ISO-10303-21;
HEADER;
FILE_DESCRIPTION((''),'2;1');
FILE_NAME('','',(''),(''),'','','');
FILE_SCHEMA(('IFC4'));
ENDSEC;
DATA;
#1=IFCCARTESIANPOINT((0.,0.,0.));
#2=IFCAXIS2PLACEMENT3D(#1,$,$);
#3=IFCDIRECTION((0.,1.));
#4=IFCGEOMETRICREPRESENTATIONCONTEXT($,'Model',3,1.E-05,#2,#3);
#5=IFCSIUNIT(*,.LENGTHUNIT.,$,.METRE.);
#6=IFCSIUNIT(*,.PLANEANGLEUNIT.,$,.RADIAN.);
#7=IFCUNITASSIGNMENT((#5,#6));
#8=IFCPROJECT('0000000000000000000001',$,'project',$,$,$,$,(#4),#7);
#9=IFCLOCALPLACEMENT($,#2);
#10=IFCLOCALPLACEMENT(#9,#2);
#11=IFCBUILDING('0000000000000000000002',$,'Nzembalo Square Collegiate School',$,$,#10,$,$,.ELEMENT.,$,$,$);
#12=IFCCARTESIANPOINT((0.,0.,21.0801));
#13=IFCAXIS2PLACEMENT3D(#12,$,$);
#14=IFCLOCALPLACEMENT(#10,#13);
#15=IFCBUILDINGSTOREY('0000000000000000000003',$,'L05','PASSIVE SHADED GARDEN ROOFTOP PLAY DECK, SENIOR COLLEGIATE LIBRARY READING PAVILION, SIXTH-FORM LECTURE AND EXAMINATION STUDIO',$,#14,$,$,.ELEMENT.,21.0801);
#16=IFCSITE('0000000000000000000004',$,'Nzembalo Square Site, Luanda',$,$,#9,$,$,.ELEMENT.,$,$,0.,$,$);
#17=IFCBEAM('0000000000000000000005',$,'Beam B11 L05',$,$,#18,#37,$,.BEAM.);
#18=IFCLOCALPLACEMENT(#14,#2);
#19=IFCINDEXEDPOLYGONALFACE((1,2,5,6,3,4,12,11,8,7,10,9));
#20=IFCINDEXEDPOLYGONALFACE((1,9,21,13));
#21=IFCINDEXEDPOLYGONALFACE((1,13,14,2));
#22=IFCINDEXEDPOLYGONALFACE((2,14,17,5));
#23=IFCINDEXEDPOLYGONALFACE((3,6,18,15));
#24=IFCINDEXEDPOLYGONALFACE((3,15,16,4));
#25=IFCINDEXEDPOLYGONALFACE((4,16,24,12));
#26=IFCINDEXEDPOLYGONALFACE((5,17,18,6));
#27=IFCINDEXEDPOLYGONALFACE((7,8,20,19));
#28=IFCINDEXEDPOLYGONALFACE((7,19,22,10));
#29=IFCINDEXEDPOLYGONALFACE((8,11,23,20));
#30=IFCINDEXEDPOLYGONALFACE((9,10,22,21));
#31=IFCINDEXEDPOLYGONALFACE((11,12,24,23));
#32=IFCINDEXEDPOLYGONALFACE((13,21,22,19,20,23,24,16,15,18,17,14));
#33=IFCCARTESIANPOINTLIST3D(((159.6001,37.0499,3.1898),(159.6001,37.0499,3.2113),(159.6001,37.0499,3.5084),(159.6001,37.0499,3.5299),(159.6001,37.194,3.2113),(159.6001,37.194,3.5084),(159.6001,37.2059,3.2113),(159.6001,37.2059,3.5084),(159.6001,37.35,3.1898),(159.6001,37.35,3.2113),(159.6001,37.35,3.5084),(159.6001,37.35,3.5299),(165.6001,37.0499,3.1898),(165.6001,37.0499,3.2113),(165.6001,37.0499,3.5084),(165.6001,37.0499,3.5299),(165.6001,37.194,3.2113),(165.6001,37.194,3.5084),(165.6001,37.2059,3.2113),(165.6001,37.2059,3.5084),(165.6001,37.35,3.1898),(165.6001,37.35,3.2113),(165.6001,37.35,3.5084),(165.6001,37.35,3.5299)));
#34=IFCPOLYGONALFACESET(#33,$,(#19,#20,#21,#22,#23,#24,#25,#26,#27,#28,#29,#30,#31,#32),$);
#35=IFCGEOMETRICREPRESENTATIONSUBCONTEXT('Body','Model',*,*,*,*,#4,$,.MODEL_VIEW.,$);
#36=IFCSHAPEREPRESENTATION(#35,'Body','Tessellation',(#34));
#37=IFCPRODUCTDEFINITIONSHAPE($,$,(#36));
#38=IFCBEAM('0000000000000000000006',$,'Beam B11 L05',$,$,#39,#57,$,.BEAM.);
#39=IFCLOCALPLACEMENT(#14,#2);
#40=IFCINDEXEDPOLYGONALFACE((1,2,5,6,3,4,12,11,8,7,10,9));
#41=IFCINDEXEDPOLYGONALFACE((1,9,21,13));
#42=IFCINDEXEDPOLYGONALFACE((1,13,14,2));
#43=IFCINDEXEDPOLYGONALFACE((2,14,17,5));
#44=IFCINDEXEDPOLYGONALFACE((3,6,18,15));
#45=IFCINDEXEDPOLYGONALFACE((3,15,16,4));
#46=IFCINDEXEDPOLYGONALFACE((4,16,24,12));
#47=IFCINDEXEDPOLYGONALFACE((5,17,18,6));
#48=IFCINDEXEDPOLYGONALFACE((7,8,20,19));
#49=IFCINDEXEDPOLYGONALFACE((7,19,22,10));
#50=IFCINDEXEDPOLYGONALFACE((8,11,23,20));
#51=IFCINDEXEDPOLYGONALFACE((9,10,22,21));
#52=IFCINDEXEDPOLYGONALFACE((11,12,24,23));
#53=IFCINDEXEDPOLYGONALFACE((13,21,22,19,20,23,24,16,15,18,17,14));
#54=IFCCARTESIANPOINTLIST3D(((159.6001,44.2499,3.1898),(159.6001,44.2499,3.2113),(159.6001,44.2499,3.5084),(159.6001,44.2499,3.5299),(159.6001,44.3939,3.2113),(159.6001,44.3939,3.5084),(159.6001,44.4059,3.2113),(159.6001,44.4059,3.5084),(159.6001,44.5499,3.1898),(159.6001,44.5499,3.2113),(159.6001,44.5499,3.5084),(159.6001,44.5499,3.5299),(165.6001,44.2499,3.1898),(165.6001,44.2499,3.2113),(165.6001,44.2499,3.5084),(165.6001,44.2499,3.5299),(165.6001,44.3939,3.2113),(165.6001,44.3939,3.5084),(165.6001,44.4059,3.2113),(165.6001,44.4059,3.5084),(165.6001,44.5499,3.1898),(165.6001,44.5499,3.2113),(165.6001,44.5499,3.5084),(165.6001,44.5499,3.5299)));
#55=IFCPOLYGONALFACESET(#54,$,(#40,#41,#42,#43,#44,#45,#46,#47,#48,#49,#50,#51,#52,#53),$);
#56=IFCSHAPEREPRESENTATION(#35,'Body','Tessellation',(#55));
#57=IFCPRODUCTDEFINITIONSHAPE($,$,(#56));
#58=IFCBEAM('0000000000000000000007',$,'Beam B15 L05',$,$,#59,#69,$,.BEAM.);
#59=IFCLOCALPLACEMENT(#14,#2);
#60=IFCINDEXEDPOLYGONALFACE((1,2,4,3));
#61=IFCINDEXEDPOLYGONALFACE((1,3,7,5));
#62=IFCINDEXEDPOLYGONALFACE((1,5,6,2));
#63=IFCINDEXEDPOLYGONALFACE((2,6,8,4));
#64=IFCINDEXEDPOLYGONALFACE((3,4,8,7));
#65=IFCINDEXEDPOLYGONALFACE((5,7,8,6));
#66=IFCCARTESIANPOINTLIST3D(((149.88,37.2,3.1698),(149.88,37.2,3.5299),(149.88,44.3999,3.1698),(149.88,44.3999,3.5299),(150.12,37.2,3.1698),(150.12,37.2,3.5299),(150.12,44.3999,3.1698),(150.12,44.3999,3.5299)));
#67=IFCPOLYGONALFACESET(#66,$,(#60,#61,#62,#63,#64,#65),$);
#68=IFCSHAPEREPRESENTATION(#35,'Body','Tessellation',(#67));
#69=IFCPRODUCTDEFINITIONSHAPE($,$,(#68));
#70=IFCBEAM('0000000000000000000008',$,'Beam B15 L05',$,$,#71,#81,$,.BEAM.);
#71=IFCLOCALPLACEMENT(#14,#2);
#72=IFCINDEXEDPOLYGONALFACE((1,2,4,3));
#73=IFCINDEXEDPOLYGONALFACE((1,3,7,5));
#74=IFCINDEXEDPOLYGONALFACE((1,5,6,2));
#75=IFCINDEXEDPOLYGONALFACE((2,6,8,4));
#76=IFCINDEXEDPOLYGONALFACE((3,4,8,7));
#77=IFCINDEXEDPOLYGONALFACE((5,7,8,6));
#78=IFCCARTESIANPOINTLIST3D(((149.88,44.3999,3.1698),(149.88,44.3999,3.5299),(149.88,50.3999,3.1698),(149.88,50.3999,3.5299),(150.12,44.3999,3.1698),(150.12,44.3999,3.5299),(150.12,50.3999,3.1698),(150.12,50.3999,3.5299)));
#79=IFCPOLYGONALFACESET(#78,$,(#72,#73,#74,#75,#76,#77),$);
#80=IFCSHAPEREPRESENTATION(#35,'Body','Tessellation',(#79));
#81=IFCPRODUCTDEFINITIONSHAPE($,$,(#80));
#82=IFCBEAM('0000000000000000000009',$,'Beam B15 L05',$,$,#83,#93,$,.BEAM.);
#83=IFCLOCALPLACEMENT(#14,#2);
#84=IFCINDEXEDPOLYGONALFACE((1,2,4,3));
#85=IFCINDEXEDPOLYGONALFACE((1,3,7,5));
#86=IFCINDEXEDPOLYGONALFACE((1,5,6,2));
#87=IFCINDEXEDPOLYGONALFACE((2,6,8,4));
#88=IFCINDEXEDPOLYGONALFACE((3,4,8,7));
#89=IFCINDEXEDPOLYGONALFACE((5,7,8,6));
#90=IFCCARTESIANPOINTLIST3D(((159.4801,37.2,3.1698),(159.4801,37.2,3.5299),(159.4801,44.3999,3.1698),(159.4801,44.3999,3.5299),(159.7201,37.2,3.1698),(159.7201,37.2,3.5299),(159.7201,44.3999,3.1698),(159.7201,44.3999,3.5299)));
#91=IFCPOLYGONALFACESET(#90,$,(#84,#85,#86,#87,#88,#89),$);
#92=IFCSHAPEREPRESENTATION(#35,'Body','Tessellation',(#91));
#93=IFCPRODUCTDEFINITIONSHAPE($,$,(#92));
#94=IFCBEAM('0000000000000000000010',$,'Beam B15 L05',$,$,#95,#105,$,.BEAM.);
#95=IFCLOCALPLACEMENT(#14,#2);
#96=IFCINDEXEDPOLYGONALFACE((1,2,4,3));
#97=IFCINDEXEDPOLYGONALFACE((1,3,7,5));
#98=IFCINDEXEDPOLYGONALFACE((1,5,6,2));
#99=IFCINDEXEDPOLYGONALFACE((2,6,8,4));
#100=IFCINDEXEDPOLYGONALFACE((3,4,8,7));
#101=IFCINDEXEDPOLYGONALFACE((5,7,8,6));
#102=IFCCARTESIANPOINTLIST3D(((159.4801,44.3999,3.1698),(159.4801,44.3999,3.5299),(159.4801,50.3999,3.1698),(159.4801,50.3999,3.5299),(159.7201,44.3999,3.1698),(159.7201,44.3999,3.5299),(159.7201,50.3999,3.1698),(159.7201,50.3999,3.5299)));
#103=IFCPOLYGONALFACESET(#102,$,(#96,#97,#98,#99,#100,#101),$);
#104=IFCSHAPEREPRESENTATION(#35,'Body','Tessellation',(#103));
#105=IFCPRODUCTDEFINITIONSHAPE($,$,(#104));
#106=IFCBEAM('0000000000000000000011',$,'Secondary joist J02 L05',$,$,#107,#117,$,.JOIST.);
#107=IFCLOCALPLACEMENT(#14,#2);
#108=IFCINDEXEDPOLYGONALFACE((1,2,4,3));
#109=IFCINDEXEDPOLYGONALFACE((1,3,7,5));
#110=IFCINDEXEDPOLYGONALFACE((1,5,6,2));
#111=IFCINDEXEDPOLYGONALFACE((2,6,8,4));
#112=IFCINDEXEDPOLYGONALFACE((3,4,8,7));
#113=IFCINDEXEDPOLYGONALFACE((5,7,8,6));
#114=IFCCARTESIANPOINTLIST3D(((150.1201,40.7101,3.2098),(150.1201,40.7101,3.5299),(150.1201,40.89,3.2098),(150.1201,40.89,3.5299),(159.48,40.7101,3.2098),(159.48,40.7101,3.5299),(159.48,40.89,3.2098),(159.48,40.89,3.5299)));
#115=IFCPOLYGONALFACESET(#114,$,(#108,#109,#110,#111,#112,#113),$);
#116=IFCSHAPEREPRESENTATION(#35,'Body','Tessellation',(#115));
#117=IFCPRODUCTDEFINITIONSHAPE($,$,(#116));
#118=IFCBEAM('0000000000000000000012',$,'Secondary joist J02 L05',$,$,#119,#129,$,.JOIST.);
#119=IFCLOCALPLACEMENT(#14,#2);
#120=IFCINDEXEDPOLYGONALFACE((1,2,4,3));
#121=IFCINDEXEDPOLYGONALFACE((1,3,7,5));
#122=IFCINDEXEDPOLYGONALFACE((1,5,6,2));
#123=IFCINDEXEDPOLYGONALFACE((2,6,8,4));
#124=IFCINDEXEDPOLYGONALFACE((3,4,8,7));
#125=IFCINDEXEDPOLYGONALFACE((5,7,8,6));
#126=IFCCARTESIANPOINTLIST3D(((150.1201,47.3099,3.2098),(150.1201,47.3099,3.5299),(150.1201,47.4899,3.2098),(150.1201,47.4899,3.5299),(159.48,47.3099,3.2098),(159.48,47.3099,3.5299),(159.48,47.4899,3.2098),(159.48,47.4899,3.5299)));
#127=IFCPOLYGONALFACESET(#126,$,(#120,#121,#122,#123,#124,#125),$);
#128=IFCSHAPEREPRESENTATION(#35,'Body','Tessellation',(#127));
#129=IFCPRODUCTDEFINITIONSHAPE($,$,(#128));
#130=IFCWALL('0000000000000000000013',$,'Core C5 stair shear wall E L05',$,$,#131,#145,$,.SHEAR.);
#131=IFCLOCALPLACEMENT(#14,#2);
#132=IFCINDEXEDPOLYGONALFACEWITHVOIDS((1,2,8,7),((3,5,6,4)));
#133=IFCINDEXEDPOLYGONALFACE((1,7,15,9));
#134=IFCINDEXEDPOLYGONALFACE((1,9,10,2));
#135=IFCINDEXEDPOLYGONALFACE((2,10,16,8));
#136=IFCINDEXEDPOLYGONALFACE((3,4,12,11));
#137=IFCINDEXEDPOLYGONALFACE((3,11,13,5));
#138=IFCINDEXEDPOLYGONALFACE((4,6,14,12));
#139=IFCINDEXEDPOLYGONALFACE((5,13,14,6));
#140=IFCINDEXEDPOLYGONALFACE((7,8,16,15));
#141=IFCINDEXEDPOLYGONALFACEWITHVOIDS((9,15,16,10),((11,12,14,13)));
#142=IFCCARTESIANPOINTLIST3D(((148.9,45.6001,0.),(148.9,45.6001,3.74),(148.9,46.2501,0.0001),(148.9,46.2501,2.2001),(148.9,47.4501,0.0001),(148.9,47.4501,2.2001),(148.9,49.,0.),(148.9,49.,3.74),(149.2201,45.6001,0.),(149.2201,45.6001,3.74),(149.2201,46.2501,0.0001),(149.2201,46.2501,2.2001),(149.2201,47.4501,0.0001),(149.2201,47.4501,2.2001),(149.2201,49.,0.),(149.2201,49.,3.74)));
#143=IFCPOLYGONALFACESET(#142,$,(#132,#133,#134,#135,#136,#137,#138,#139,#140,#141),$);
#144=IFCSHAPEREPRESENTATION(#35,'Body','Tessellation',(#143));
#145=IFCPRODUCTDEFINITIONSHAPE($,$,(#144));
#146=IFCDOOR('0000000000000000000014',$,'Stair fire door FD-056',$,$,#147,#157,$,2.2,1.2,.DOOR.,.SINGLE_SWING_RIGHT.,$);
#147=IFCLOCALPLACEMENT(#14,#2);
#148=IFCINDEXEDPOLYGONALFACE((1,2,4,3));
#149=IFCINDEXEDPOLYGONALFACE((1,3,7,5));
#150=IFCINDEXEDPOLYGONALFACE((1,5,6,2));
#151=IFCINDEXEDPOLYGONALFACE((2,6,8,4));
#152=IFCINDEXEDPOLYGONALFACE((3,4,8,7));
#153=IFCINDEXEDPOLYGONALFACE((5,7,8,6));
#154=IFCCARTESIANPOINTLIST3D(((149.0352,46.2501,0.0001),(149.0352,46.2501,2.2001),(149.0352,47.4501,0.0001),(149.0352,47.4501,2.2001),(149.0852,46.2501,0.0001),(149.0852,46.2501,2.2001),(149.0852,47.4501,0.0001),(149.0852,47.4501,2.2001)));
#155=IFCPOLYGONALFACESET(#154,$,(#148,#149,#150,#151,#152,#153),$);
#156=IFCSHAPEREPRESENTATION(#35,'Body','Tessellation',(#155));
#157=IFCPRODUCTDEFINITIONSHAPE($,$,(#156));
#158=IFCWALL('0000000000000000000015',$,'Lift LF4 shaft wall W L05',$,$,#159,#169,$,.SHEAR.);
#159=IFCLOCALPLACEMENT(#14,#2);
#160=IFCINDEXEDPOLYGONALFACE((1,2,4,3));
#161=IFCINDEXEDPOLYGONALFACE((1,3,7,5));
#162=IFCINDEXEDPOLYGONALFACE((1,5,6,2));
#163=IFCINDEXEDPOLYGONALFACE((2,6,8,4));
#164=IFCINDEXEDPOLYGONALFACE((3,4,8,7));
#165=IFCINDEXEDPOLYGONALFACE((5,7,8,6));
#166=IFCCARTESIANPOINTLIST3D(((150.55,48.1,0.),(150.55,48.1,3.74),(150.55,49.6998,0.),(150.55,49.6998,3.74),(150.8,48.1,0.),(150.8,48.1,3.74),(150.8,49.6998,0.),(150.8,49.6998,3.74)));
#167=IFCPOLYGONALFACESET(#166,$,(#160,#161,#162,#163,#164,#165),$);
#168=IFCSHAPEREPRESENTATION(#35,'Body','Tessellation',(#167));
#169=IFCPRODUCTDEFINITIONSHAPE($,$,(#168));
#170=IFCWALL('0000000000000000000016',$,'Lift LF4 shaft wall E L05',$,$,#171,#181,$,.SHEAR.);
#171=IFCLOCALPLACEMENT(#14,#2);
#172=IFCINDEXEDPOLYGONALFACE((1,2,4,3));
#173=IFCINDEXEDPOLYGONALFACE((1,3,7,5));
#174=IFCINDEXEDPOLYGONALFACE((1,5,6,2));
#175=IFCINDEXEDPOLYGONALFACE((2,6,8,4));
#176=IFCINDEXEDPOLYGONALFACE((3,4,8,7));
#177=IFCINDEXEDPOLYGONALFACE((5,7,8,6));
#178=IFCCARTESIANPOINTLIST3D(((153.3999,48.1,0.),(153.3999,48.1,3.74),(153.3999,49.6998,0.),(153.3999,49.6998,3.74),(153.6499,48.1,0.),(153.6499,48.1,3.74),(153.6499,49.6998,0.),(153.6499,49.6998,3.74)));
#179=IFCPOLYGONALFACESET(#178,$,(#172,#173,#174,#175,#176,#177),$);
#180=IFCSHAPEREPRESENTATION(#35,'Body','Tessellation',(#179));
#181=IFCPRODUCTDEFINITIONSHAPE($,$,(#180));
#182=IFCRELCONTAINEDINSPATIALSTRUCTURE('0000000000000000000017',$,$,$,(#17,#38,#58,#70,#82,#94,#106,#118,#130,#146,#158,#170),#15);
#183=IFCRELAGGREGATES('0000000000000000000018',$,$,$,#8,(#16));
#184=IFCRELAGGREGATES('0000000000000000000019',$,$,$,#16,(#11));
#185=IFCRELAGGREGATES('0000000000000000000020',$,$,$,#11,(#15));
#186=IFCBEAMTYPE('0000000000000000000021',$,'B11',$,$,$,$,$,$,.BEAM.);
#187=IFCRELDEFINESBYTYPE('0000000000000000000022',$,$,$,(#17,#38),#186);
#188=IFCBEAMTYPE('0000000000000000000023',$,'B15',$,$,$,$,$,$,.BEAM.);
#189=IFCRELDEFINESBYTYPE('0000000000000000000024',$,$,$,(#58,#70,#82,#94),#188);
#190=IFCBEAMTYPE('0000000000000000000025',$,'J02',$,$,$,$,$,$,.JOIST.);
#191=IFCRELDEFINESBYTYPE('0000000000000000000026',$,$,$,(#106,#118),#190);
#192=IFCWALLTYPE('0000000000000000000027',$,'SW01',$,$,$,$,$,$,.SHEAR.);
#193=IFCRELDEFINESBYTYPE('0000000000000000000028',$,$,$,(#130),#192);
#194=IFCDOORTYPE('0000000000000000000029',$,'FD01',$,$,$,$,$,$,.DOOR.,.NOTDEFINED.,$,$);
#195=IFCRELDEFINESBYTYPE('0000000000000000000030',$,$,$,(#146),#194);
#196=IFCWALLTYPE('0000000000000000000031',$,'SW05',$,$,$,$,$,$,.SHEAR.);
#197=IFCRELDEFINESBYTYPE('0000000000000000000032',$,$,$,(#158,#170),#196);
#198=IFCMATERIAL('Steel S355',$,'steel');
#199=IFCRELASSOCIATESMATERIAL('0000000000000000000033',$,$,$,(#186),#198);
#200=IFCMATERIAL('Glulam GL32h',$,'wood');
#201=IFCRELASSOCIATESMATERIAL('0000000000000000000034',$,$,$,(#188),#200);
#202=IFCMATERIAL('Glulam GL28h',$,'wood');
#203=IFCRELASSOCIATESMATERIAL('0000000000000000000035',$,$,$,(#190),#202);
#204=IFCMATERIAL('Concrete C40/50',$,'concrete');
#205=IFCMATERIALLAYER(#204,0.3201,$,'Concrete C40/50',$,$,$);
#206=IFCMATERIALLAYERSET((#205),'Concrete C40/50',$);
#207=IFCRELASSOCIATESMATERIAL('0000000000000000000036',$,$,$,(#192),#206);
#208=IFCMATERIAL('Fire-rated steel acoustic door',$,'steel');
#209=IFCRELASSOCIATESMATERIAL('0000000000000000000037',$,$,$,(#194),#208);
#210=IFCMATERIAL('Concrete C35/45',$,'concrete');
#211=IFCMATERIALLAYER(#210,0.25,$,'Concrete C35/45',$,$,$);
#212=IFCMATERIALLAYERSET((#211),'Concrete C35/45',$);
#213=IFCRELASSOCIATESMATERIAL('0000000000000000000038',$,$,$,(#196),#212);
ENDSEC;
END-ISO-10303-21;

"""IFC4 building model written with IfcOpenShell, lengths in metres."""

from ifc_helpers import new_model, si_unit, direction, frame, frame_2d, origin, origin_2d, place, context, subcontext, project, spatial, rectangle, i_section, extrude, material, layer, layer_set, material_profile, profile_set, type_object, element, fill, save


model = new_model("IFC4")

# Units and contexts
model_context = context("Model", 3, precision=1e-05, world=origin(), true_north=direction((0.0, 1.0)))
body_context = subcontext(model_context, "Body", "Model", "MODEL_VIEW")
ifc_project = project(units=[si_unit("LENGTHUNIT", "METRE"), si_unit("PLANEANGLEUNIT", "RADIAN")], contexts=[model_context])

# Site, building, storey
site_placement = place(None, origin())
site = spatial("IfcSite", under=ifc_project, at=site_placement, Name="Nzembalo Square Site, Luanda", CompositionType="ELEMENT", RefElevation=0.0)
building_placement = place(site_placement, origin())
building = spatial("IfcBuilding", under=site, at=building_placement, Name="Nzembalo Square Collegiate School", CompositionType="ELEMENT")
storey_placement = place(building_placement, frame((0.0, 0.0, 21.0801)))
storey = spatial("IfcBuildingStorey", under=building, at=storey_placement, Name="L05", Description="PASSIVE SHADED GARDEN ROOFTOP PLAY DECK, SENIOR COLLEGIATE LIBRARY READING PAVILION, SIXTH-FORM LECTURE AND EXAMINATION STUDIO", CompositionType="ELEMENT", Elevation=21.0801)

# Beams
ifc_material_1 = material(Name="Steel S355", Category="steel")
ifc_material_profile_1 = material_profile(ifc_material_1, i_section(OverallWidth=0.3, OverallDepth=0.3401, WebThickness=0.012, FlangeThickness=0.0215, at=origin_2d()), Name="HEB 340")
ifc_profile_set_1 = profile_set([ifc_material_profile_1], Name="Steel S355")
beam_type_1 = type_object("IfcBeamType", Name="B11", PredefinedType="BEAM", material=ifc_profile_set_1)
for number, where, z_axis, x_axis, name in (
    (1, (159.6001, 37.2, 3.3599), (1.0, 0.0, 0.0), (0.0, 1.0, 0.0), "Beam B11 L05"),
    (2, (159.6001, 44.3999, 3.3599), (1.0, 0.0, 0.0), (0.0, 1.0, 0.0), "Beam B11 L05"),
):
    element("IfcBeam", number, at=place(storey_placement, frame(where, z_axis=z_axis, x_axis=x_axis)), inside=storey, type_object=beam_type_1, Name=name, PredefinedType="BEAM", context=body_context, shape_type="SweptSolid", body=[
        extrude(i_section(OverallWidth=0.3, OverallDepth=0.3401, WebThickness=0.012, FlangeThickness=0.0215, at=origin_2d()), origin(), (0.0, 0.0, 1.0), 6.0),
    ])
ifc_material_2 = material(Name="Glulam GL32h", Category="wood")
ifc_material_profile_2 = material_profile(ifc_material_2, rectangle(XDim=0.24, YDim=0.3601, at=origin_2d()), Name="GL32h 240x360")
ifc_profile_set_2 = profile_set([ifc_material_profile_2], Name="Glulam GL32h")
beam_type_2 = type_object("IfcBeamType", Name="B15", PredefinedType="BEAM", material=ifc_profile_set_2)
beam_1_placement = place(storey_placement, frame((150.0, 37.2, 3.3499), z_axis=(0.0, 1.0, 0.0), x_axis=(-1.0, 0.0, 0.0)))
element("IfcBeam", 3, at=beam_1_placement, inside=storey, type_object=beam_type_2, Name="Beam B15 L05", PredefinedType="BEAM", context=body_context, shape_type="SweptSolid", body=[
    extrude(rectangle(XDim=0.24, YDim=0.3601, at=origin_2d()), origin(), (0.0, 0.0, 1.0), 7.2),
])
beam_2_placement = place(storey_placement, frame((150.0, 44.3999, 3.3499), z_axis=(0.0, 1.0, 0.0), x_axis=(-1.0, 0.0, 0.0)))
element("IfcBeam", 4, at=beam_2_placement, inside=storey, type_object=beam_type_2, Name="Beam B15 L05", PredefinedType="BEAM", context=body_context, shape_type="SweptSolid", body=[
    extrude(rectangle(XDim=0.24, YDim=0.3601, at=origin_2d()), origin(), (0.0, 0.0, 1.0), 6.0),
])
beam_3_placement = place(storey_placement, frame((159.6001, 37.2, 3.3499), z_axis=(0.0, 1.0, 0.0), x_axis=(-1.0, 0.0, 0.0)))
element("IfcBeam", 5, at=beam_3_placement, inside=storey, type_object=beam_type_2, Name="Beam B15 L05", PredefinedType="BEAM", context=body_context, shape_type="SweptSolid", body=[
    extrude(rectangle(XDim=0.24, YDim=0.3601, at=origin_2d()), origin(), (0.0, 0.0, 1.0), 7.2),
])
beam_4_placement = place(storey_placement, frame((159.6001, 44.3999, 3.3499), z_axis=(0.0, 1.0, 0.0), x_axis=(-1.0, 0.0, 0.0)))
element("IfcBeam", 6, at=beam_4_placement, inside=storey, type_object=beam_type_2, Name="Beam B15 L05", PredefinedType="BEAM", context=body_context, shape_type="SweptSolid", body=[
    extrude(rectangle(XDim=0.24, YDim=0.3601, at=origin_2d()), origin(), (0.0, 0.0, 1.0), 6.0),
])
ifc_material_3 = material(Name="Glulam GL28h", Category="wood")
ifc_material_profile_3 = material_profile(ifc_material_3, rectangle(XDim=0.1799, YDim=0.3201, at=origin_2d()), Name="GL28h 180x320")
ifc_profile_set_3 = profile_set([ifc_material_profile_3], Name="Glulam GL28h")
beam_type_3 = type_object("IfcBeamType", Name="J02", PredefinedType="JOIST", material=ifc_profile_set_3)
for number, where, z_axis, x_axis, name in (
    (7, (150.1201, 40.8, 3.3699), (1.0, 0.0, 0.0), (0.0, 1.0, 0.0), "Secondary joist J02 L05"),
    (8, (150.1201, 47.3999, 3.3699), (1.0, 0.0, 0.0), (0.0, 1.0, 0.0), "Secondary joist J02 L05"),
):
    element("IfcBeam", number, at=place(storey_placement, frame(where, z_axis=z_axis, x_axis=x_axis)), inside=storey, type_object=beam_type_3, Name=name, PredefinedType="JOIST", context=body_context, shape_type="SweptSolid", body=[
        extrude(rectangle(XDim=0.1799, YDim=0.3201, at=origin_2d()), origin(), (0.0, 0.0, 1.0), 9.3599),
    ])

# Wall, opening, door
ifc_material_4 = material(Name="Concrete C40/50", Category="concrete")
ifc_layer_1 = layer(ifc_material_4, 0.3201, Name="Concrete C40/50")
ifc_layer_set_1 = layer_set([ifc_layer_1], Name="Concrete C40/50")
wall_type_1 = type_object("IfcWallType", Name="SW01", PredefinedType="SHEAR", material=ifc_layer_set_1)
wall_1_placement = place(storey_placement, frame((149.0601, 45.6001, 0.0), z_axis=(0.0, 0.0, 1.0), x_axis=(0.0, 1.0, 0.0)))
wall_1 = element("IfcWall", 9, at=wall_1_placement, inside=storey, type_object=wall_type_1, Name="Core C5 stair shear wall E L05", PredefinedType="SHEAR", context=body_context, shape_type="SweptSolid", body=[
    extrude(rectangle(XDim=3.3999, YDim=0.3201, at=frame_2d((1.7, 0.0))), origin(), (0.0, 0.0, 1.0), 3.74),
])
opening_1_placement = place(wall_1_placement, frame((0.6499, 0.0, 0.0)))
opening_1 = element("IfcOpeningElement", 10, at=opening_1_placement, cuts=wall_1, PredefinedType="OPENING", context=body_context, shape_type="SweptSolid", body=[
    extrude(rectangle(XDim=1.2, YDim=2.2, at=frame_2d((0.6001, 1.1001))), frame((0.0, 0.1699, 0.0), z_axis=(0.0, -1.0, 0.0), x_axis=(1.0, 0.0, 0.0)), (0.0, 0.0, 1.0), 0.3401),
])
ifc_material_5 = material(Name="Fire-rated steel acoustic door", Category="steel")
door_type_1 = type_object("IfcDoorType", Name="FD01", OperationType="NOTDEFINED", PredefinedType="DOOR", material=ifc_material_5)
door_1_placement = place(opening_1_placement, origin())
door_1 = element("IfcDoor", 11, at=door_1_placement, inside=storey, type_object=door_type_1, Name="Stair fire door FD-056", OperationType="SINGLE_SWING_RIGHT", OverallHeight=2.2, OverallWidth=1.2, PredefinedType="DOOR", context=body_context, shape_type="SweptSolid", body=[
    extrude(rectangle(XDim=1.2, YDim=2.2, at=frame_2d((0.6001, 1.1001))), frame((0.0, 0.0249, 0.0), z_axis=(0.0, -1.0, 0.0), x_axis=(1.0, 0.0, 0.0)), (0.0, 0.0, 1.0), 0.05),
])
fill(opening_1, door_1)

# Walls
ifc_material_6 = material(Name="Concrete C35/45", Category="concrete")
ifc_layer_2 = layer(ifc_material_6, 0.25, Name="Concrete C35/45")
ifc_layer_set_2 = layer_set([ifc_layer_2], Name="Concrete C35/45")
wall_type_2 = type_object("IfcWallType", Name="SW05", PredefinedType="SHEAR", material=ifc_layer_set_2)
for number, where, z_axis, x_axis, name in (
    (12, (150.675, 48.1001, 0.0), (0.0, 0.0, 1.0), (0.0, 1.0, 0.0), "Lift LF4 shaft wall W L05"),
    (13, (153.5249, 48.1001, 0.0), (0.0, 0.0, 1.0), (0.0, 1.0, 0.0), "Lift LF4 shaft wall E L05"),
):
    element("IfcWall", number, at=place(storey_placement, frame(where, z_axis=z_axis, x_axis=x_axis)), inside=storey, type_object=wall_type_2, Name=name, PredefinedType="SHEAR", context=body_context, shape_type="SweptSolid", body=[
        extrude(rectangle(XDim=1.5999, YDim=0.25, at=frame_2d((0.7998, 0.0))), origin(), (0.0, 0.0, 1.0), 3.74),
    ])

save(model, "model.ifc")
